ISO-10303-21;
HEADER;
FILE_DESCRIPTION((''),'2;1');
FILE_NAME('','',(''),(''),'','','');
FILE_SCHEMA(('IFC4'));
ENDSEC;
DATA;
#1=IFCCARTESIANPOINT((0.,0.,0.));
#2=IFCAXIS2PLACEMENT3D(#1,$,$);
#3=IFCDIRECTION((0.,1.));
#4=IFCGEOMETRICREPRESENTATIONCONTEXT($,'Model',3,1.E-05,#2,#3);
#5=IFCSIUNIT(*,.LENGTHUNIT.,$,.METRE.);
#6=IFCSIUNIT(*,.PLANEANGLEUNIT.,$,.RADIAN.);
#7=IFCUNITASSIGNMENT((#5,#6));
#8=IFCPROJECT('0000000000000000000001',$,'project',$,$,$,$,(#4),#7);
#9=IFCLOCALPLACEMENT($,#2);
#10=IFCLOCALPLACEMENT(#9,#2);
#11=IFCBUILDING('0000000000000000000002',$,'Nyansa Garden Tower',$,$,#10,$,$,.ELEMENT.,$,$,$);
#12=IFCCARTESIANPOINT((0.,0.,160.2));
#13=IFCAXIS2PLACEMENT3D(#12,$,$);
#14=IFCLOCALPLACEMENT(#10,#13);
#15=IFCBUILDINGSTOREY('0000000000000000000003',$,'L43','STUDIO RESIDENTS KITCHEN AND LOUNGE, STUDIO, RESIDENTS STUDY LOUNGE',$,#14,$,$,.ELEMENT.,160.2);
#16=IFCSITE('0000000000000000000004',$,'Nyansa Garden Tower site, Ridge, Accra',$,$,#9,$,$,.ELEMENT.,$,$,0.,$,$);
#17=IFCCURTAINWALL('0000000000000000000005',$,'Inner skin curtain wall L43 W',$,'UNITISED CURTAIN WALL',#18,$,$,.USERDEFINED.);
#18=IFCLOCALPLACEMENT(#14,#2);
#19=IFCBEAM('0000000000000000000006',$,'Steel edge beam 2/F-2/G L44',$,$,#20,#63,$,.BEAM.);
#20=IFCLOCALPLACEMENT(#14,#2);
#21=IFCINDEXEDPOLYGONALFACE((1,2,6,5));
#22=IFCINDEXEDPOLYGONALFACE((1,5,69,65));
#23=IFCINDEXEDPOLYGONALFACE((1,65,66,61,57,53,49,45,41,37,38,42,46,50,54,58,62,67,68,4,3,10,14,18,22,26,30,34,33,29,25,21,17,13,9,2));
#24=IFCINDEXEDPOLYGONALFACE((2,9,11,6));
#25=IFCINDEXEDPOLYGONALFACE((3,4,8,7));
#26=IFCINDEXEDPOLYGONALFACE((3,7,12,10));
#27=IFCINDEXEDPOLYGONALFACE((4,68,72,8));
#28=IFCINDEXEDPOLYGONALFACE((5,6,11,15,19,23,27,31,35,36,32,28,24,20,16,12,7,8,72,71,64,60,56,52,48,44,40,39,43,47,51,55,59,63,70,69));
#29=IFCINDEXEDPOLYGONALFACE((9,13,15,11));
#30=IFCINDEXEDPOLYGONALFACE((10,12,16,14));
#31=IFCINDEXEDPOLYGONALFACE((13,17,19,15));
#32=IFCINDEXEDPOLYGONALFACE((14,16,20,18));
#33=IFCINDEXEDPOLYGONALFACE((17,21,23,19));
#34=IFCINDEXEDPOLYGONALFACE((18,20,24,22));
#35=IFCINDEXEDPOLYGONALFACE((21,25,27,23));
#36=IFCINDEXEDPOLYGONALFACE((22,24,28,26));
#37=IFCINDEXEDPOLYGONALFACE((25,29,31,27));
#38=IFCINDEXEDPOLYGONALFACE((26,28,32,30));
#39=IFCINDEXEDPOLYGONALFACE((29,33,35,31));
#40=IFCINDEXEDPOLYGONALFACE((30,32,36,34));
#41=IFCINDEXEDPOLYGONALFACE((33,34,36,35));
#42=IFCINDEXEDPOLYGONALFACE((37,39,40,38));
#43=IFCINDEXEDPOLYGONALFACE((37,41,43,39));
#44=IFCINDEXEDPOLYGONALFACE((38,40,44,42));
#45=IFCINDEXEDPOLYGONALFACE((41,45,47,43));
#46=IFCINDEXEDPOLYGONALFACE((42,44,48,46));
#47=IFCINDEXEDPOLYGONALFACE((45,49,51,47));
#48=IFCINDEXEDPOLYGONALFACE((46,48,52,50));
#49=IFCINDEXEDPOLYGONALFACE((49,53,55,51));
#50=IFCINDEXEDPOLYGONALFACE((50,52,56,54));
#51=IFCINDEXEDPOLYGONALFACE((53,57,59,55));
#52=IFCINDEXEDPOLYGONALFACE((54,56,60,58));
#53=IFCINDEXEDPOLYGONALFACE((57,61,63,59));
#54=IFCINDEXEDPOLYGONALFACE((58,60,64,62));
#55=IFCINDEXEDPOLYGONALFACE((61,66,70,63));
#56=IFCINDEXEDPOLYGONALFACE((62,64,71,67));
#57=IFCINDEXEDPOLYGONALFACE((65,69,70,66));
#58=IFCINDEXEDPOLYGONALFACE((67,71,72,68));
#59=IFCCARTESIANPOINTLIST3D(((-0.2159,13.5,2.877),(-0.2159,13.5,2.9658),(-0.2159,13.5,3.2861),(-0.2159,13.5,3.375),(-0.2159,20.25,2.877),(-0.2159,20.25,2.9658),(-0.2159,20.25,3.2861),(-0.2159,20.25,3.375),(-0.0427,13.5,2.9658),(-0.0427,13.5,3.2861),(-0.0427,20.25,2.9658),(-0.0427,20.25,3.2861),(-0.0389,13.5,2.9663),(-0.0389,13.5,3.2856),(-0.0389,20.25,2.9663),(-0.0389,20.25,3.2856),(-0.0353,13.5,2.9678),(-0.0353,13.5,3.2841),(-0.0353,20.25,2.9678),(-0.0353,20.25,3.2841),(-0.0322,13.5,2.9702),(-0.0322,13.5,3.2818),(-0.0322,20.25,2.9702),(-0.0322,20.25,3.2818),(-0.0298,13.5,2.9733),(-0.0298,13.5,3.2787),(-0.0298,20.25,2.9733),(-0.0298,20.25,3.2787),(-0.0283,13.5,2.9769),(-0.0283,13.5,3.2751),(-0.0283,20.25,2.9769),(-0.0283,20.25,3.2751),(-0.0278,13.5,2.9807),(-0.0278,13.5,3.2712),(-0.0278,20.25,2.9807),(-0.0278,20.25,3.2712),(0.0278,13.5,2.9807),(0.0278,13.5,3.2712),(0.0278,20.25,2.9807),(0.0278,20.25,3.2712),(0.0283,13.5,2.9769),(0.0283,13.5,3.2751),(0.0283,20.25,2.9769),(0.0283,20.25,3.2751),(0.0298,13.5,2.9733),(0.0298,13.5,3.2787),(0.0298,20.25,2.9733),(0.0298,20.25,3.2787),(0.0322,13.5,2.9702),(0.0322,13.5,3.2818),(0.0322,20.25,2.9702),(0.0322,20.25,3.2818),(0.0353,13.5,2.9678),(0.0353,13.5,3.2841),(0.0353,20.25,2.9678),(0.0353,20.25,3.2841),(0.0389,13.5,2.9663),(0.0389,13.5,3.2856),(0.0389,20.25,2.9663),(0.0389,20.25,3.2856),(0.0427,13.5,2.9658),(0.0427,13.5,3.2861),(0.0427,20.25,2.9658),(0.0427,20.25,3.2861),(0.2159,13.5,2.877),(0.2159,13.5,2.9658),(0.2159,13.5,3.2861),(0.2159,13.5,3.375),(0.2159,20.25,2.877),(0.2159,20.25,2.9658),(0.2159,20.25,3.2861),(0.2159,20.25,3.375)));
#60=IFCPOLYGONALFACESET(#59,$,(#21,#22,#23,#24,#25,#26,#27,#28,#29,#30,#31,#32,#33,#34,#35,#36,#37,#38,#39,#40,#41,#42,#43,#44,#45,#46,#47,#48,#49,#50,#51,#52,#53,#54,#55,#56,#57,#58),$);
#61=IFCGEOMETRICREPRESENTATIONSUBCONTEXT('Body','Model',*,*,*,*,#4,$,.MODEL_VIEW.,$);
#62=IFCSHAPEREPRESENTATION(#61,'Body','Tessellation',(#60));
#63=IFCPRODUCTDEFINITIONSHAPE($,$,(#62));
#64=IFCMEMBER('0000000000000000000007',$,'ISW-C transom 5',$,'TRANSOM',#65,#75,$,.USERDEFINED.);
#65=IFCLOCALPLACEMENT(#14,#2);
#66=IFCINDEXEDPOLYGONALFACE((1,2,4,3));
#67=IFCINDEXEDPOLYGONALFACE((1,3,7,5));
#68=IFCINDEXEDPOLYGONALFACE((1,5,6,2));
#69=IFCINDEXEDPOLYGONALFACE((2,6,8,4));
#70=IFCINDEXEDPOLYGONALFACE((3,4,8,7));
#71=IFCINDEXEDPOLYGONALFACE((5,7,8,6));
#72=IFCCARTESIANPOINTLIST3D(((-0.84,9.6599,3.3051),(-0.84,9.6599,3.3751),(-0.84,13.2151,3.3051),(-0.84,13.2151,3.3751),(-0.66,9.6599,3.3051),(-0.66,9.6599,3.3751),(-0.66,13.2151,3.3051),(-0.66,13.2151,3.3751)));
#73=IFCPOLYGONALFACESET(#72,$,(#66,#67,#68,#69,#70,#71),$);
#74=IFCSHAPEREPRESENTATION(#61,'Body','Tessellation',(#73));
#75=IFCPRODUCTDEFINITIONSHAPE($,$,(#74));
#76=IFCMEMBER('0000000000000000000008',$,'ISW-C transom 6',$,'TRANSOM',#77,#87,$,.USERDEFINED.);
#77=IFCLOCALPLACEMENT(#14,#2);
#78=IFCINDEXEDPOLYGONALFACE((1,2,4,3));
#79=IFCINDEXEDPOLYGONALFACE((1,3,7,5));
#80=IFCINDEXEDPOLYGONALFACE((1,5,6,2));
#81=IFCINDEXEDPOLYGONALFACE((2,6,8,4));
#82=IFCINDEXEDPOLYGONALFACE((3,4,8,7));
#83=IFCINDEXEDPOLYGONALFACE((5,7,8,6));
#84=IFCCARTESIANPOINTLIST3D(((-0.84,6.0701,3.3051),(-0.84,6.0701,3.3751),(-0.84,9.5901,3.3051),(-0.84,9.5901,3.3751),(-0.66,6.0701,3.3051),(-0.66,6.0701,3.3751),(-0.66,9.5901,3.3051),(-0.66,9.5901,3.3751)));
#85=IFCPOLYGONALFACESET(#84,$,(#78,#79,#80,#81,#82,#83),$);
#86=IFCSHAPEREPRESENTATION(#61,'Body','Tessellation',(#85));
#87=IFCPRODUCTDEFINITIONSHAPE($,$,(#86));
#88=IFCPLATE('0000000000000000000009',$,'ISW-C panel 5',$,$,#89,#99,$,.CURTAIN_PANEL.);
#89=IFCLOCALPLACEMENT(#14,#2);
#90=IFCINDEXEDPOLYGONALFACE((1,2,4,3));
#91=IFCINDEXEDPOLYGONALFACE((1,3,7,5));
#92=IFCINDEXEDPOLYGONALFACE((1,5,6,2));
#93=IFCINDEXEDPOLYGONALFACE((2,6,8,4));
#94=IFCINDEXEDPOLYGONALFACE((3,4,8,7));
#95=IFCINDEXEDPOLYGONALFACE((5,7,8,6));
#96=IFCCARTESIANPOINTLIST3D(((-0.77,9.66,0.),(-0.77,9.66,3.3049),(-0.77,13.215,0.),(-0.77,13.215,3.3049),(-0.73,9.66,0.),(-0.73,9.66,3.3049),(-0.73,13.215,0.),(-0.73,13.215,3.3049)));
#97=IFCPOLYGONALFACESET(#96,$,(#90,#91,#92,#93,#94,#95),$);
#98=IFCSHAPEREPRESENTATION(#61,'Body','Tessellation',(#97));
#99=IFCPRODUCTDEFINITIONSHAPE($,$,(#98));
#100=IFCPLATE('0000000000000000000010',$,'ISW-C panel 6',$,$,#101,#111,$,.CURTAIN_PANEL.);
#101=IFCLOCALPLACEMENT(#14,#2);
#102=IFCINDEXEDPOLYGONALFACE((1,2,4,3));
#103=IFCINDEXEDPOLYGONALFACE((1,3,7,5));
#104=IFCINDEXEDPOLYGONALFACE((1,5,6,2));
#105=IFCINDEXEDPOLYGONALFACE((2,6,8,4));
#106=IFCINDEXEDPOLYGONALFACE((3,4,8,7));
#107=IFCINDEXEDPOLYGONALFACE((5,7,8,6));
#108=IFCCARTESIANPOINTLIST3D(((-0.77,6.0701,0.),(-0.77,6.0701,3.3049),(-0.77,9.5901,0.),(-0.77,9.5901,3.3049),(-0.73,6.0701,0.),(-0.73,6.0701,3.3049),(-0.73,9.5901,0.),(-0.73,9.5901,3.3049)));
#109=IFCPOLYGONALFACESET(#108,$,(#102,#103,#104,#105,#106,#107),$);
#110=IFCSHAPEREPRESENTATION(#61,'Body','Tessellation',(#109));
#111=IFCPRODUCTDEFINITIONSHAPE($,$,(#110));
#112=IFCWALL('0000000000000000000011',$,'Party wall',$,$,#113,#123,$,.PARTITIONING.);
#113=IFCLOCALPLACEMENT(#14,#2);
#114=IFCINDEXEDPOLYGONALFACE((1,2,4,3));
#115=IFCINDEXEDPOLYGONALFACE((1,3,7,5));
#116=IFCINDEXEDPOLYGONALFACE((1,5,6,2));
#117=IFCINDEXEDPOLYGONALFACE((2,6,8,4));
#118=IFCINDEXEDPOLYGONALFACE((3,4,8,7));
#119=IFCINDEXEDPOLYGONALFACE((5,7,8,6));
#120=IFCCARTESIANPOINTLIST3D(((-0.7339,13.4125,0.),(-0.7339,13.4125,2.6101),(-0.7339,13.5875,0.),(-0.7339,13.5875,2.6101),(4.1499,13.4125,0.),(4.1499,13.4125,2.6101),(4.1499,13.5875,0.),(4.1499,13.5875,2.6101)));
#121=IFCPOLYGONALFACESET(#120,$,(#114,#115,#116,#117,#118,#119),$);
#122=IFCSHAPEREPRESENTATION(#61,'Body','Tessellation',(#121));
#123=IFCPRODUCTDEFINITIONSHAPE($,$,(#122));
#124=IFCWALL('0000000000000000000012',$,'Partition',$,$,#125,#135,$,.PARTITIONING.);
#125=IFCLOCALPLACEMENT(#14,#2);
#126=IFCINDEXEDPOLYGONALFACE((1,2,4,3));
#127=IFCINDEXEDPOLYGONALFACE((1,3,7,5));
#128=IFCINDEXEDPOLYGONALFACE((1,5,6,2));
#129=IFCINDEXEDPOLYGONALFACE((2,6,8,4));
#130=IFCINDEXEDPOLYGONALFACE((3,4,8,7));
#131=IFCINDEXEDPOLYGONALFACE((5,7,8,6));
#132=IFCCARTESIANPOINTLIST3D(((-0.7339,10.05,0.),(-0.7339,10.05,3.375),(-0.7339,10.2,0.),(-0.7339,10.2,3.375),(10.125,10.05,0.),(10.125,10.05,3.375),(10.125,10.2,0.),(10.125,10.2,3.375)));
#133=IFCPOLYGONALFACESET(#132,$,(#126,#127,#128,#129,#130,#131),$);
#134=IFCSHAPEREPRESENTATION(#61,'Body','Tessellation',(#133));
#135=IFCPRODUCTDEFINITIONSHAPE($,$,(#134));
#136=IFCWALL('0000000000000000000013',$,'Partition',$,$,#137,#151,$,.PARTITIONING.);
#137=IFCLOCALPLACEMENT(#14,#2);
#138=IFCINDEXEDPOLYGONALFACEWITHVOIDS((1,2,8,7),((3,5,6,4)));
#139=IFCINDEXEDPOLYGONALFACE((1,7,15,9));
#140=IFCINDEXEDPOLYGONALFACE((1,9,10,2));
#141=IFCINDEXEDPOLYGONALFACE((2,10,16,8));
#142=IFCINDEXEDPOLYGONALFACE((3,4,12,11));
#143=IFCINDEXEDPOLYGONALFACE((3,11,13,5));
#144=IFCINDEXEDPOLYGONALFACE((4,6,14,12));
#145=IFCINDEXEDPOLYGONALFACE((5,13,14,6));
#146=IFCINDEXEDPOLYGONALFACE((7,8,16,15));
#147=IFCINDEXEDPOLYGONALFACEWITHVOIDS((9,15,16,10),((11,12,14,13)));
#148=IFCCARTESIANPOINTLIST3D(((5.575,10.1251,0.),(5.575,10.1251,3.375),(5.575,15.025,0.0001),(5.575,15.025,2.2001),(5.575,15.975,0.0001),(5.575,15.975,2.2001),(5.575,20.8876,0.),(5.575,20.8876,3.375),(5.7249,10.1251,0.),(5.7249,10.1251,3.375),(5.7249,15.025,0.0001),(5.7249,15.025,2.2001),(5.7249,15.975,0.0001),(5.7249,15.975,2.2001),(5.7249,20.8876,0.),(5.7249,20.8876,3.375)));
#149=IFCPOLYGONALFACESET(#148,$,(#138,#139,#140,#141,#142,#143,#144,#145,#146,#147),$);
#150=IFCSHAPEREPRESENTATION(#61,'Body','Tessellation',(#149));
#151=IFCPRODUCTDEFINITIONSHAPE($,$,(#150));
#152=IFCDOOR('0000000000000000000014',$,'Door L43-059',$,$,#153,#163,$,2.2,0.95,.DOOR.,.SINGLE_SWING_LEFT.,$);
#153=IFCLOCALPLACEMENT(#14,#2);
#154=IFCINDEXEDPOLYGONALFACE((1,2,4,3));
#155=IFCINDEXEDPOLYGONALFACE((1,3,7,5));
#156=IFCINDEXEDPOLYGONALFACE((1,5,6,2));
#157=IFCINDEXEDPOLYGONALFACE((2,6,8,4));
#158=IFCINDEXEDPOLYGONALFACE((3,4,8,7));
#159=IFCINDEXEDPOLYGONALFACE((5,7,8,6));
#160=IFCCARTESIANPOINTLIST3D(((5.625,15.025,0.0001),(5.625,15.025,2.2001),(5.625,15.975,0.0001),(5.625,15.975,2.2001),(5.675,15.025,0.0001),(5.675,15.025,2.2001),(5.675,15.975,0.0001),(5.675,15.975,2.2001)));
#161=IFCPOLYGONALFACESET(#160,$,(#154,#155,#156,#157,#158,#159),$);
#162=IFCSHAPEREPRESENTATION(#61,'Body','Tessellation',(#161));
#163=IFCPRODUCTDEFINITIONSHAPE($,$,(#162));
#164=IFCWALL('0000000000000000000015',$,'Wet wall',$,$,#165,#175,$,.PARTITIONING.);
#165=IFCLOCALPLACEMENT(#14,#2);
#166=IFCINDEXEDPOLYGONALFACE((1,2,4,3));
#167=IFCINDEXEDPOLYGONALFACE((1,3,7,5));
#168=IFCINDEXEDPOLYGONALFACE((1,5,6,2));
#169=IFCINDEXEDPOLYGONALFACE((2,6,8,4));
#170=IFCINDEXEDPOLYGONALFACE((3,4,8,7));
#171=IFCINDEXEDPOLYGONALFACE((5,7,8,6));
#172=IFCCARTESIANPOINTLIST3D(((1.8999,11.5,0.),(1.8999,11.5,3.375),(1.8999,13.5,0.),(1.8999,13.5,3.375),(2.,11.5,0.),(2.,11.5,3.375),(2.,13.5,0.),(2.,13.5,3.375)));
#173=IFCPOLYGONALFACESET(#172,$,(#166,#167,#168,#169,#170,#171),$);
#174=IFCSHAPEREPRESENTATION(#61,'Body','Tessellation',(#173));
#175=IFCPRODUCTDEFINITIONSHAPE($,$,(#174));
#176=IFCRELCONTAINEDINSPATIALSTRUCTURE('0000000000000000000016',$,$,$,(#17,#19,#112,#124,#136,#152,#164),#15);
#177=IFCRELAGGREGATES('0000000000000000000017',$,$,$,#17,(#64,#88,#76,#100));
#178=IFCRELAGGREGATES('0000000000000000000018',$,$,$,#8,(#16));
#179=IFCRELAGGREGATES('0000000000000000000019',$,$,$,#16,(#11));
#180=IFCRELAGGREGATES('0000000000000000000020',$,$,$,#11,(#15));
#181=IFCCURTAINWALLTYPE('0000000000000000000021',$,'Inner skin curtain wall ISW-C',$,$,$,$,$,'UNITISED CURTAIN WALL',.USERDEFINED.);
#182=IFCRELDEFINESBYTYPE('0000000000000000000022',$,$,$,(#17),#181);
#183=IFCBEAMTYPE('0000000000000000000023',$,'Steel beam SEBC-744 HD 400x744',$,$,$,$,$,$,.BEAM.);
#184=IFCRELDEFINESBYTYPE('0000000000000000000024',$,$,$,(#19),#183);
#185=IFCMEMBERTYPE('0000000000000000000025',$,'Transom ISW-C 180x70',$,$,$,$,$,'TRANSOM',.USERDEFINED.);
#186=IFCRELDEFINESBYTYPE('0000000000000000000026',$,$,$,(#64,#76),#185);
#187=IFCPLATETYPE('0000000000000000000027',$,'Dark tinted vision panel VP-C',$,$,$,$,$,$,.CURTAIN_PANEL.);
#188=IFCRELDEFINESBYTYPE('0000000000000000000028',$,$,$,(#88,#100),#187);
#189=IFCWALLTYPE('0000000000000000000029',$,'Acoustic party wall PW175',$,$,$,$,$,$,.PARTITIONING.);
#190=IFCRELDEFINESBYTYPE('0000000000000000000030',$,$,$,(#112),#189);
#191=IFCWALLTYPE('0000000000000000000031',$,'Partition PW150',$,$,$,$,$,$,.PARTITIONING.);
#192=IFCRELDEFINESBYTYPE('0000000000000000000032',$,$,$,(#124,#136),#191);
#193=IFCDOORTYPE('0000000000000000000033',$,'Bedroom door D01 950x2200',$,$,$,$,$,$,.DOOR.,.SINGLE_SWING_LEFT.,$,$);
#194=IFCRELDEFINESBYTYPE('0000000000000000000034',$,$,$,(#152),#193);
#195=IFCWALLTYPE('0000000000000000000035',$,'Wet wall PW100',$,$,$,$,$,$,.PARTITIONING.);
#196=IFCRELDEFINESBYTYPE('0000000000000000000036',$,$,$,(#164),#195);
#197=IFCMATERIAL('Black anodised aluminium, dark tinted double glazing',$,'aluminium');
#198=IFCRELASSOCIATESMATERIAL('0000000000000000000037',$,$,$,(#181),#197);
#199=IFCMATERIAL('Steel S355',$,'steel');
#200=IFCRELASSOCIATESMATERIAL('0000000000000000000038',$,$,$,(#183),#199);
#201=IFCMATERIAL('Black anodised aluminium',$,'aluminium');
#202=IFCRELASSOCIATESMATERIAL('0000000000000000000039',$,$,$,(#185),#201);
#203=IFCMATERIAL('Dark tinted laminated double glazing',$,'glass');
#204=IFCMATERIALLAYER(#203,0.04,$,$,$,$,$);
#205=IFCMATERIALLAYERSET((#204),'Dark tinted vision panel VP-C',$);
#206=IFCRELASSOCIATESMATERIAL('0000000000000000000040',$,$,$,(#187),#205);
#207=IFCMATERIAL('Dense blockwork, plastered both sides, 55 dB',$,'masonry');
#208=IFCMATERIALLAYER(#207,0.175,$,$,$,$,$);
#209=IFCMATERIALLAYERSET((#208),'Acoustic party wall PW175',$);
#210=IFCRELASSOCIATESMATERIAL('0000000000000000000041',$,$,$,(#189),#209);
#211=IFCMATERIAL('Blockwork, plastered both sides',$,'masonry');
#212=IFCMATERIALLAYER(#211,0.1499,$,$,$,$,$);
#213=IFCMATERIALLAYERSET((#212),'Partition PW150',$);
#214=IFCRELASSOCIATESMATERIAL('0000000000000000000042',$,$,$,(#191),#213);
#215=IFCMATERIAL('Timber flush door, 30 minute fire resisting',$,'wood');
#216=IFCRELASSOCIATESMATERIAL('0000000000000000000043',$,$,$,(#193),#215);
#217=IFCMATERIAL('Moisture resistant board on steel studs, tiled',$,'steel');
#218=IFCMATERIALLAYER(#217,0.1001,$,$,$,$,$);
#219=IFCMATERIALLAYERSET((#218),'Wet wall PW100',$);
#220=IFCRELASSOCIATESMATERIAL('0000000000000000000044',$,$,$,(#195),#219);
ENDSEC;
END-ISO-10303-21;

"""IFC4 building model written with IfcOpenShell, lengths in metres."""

from ifc_helpers import new_model, si_unit, direction, frame, frame_2d, origin, origin_2d, place, context, subcontext, project, spatial, rectangle, i_section, extrude, material, layer, layer_set, material_profile, profile_set, type_object, element, fill, aggregate, save


model = new_model("IFC4")

# Units and contexts
model_context = context("Model", 3, precision=1e-05, world=origin(), true_north=direction((0.0, 1.0)))
body_context = subcontext(model_context, "Body", "Model", "MODEL_VIEW")
ifc_project = project(units=[si_unit("LENGTHUNIT", "METRE"), si_unit("PLANEANGLEUNIT", "RADIAN")], contexts=[model_context])

# Site, building, storey
site_placement = place(None, origin())
site = spatial("IfcSite", under=ifc_project, at=site_placement, Name="Nyansa Garden Tower site, Ridge, Accra", CompositionType="ELEMENT", RefElevation=0.0)
building_placement = place(site_placement, origin())
building = spatial("IfcBuilding", under=site, at=building_placement, Name="Nyansa Garden Tower", CompositionType="ELEMENT")
storey_placement = place(building_placement, frame((0.0, 0.0, 160.2)))
storey = spatial("IfcBuildingStorey", under=building, at=storey_placement, Name="L43", Description="STUDIO RESIDENTS KITCHEN AND LOUNGE, STUDIO, RESIDENTS STUDY LOUNGE", CompositionType="ELEMENT", Elevation=160.2)

# Curtain wall
ifc_material_1 = material(Name="Black anodised aluminium, dark tinted double glazing", Category="aluminium")
curtain_wall_type = type_object("IfcCurtainWallType", Name="Inner skin curtain wall ISW-C", ElementType="UNITISED CURTAIN WALL", PredefinedType="USERDEFINED", material=ifc_material_1)
curtain_wall_placement = place(storey_placement, origin())
curtain_wall = element("IfcCurtainWall", 1, at=curtain_wall_placement, inside=storey, type_object=curtain_wall_type, Name="Inner skin curtain wall L43 W", ObjectType="UNITISED CURTAIN WALL", PredefinedType="USERDEFINED")

# Beam
ifc_material_2 = material(Name="Steel S355", Category="steel")
ifc_material_profile_1 = material_profile(ifc_material_2, i_section(OverallWidth=0.4319, OverallDepth=0.498, WebThickness=0.0557, FlangeThickness=0.0889, FilletRadius=0.0149, at=origin_2d()), Name="HD 400x744")
ifc_profile_set_1 = profile_set([ifc_material_profile_1], Name="Steel S355")
beam_type_1 = type_object("IfcBeamType", Name="Steel beam SEBC-744 HD 400x744", PredefinedType="BEAM", material=ifc_profile_set_1)
beam_1_placement = place(storey_placement, frame((0.0, 13.5, 3.126), z_axis=(0.0, 1.0, 0.0), x_axis=(-1.0, 0.0, 0.0)))
element("IfcBeam", 2, at=beam_1_placement, inside=storey, type_object=beam_type_1, Name="Steel edge beam 2/F-2/G L44", PredefinedType="BEAM", context=body_context, shape_type="SweptSolid", body=[
    extrude(i_section(OverallWidth=0.4319, OverallDepth=0.498, WebThickness=0.0557, FlangeThickness=0.0889, FilletRadius=0.0149, at=origin_2d()), origin(), (0.0, 0.0, 1.0), 6.75),
])

# Members
ifc_material_3 = material(Name="Black anodised aluminium", Category="aluminium")
ifc_material_profile_2 = material_profile(ifc_material_3, rectangle(XDim=0.1799, YDim=0.0701, at=origin_2d()), Name="Transom 180x70")
ifc_profile_set_2 = profile_set([ifc_material_profile_2], Name="Black anodised aluminium")
member_type_1 = type_object("IfcMemberType", Name="Transom ISW-C 180x70", ElementType="TRANSOM", PredefinedType="USERDEFINED", material=ifc_profile_set_2)
member_1_placement = place(storey_placement, frame((-0.75, 13.2151, 3.3401), z_axis=(0.0, -1.0, 0.0), x_axis=(1.0, 0.0, 0.0)))
member_1 = element("IfcMember", 3, at=member_1_placement, type_object=member_type_1, Name="ISW-C transom 5", ObjectType="TRANSOM", PredefinedType="USERDEFINED", context=body_context, shape_type="SweptSolid", body=[
    extrude(rectangle(XDim=0.1799, YDim=0.0701, at=origin_2d()), origin(), (0.0, 0.0, 1.0), 3.5552),
])
member_2_placement = place(storey_placement, frame((-0.75, 9.5901, 3.3401), z_axis=(0.0, -1.0, 0.0), x_axis=(1.0, 0.0, 0.0)))
member_2 = element("IfcMember", 4, at=member_2_placement, type_object=member_type_1, Name="ISW-C transom 6", ObjectType="TRANSOM", PredefinedType="USERDEFINED", context=body_context, shape_type="SweptSolid", body=[
    extrude(rectangle(XDim=0.1799, YDim=0.0701, at=origin_2d()), origin(), (0.0, 0.0, 1.0), 3.52),
])

# Plates
ifc_material_4 = material(Name="Dark tinted laminated double glazing", Category="glass")
ifc_layer_1 = layer(ifc_material_4, 0.04)
ifc_layer_set_1 = layer_set([ifc_layer_1], Name="Dark tinted vision panel VP-C")
plate_type = type_object("IfcPlateType", Name="Dark tinted vision panel VP-C", PredefinedType="CURTAIN_PANEL", material=ifc_layer_set_1)
plate_1_placement = place(storey_placement, frame((-0.75, 11.4375, 0.0), z_axis=(0.0, 0.0, 1.0), x_axis=(0.0, -1.0, 0.0)))
plate_1 = element("IfcPlate", 5, at=plate_1_placement, type_object=plate_type, Name="ISW-C panel 5", PredefinedType="CURTAIN_PANEL", context=body_context, shape_type="SweptSolid", body=[
    extrude(rectangle(XDim=3.5549, YDim=0.04, at=origin_2d()), origin(), (0.0, 0.0, 1.0), 3.3049),
])
plate_2_placement = place(storey_placement, frame((-0.75, 7.8301, 0.0), z_axis=(0.0, 0.0, 1.0), x_axis=(0.0, -1.0, 0.0)))
plate_2 = element("IfcPlate", 6, at=plate_2_placement, type_object=plate_type, Name="ISW-C panel 6", PredefinedType="CURTAIN_PANEL", context=body_context, shape_type="SweptSolid", body=[
    extrude(rectangle(XDim=3.52, YDim=0.04, at=origin_2d()), origin(), (0.0, 0.0, 1.0), 3.3049),
])
aggregate(curtain_wall, [member_1, plate_1, member_2, plate_2])

# Walls
ifc_material_5 = material(Name="Dense blockwork, plastered both sides, 55 dB", Category="masonry")
ifc_layer_2 = layer(ifc_material_5, 0.175)
ifc_layer_set_2 = layer_set([ifc_layer_2], Name="Acoustic party wall PW175")
wall_type_1 = type_object("IfcWallType", Name="Acoustic party wall PW175", PredefinedType="PARTITIONING", material=ifc_layer_set_2)
wall_1_placement = place(storey_placement, frame((-0.7339, 13.5, 0.0), z_axis=(0.0, 0.0, 1.0), x_axis=(1.0, 0.0, 0.0)))
element("IfcWall", 7, at=wall_1_placement, inside=storey, type_object=wall_type_1, Name="Party wall", PredefinedType="PARTITIONING", context=body_context, shape_type="SweptSolid", body=[
    extrude(rectangle(XDim=4.8838, YDim=0.175, at=frame_2d((2.4419, 0.0))), origin(), (0.0, 0.0, 1.0), 2.6101),
])
ifc_material_6 = material(Name="Blockwork, plastered both sides", Category="masonry")
ifc_layer_3 = layer(ifc_material_6, 0.1499)
ifc_layer_set_3 = layer_set([ifc_layer_3], Name="Partition PW150")
wall_type_2 = type_object("IfcWallType", Name="Partition PW150", PredefinedType="PARTITIONING", material=ifc_layer_set_3)
wall_2_placement = place(storey_placement, frame((-0.7339, 10.125, 0.0), z_axis=(0.0, 0.0, 1.0), x_axis=(1.0, 0.0, 0.0)))
element("IfcWall", 8, at=wall_2_placement, inside=storey, type_object=wall_type_2, Name="Partition", PredefinedType="PARTITIONING", context=body_context, shape_type="SweptSolid", body=[
    extrude(rectangle(XDim=10.8589, YDim=0.1499, at=frame_2d((5.4294, 0.0))), origin(), (0.0, 0.0, 1.0), 3.375),
])

# Wall, opening, door
wall_3_placement = place(storey_placement, frame((5.6499, 10.125, 0.0), z_axis=(0.0, 0.0, 1.0), x_axis=(0.0, 1.0, 0.0)))
wall_3 = element("IfcWall", 9, at=wall_3_placement, inside=storey, type_object=wall_type_2, Name="Partition", PredefinedType="PARTITIONING", context=body_context, shape_type="SweptSolid", body=[
    extrude(rectangle(XDim=10.7625, YDim=0.1499, at=frame_2d((5.3813, 0.0))), origin(), (0.0, 0.0, 1.0), 3.375),
])
opening_1_placement = place(wall_3_placement, frame((4.8999, 0.0, 0.0)))
opening_1 = element("IfcOpeningElement", 10, at=opening_1_placement, cuts=wall_3, PredefinedType="OPENING", context=body_context, shape_type="SweptSolid", body=[
    extrude(rectangle(XDim=0.95, YDim=2.2, at=frame_2d((0.4751, 1.1001))), frame((0.0, 0.085, 0.0), z_axis=(0.0, -1.0, 0.0), x_axis=(1.0, 0.0, 0.0)), (0.0, 0.0, 1.0), 0.1699),
])
ifc_material_7 = material(Name="Timber flush door, 30 minute fire resisting", Category="wood")
door_type_1 = type_object("IfcDoorType", Name="Bedroom door D01 950x2200", OperationType="SINGLE_SWING_LEFT", PredefinedType="DOOR", material=ifc_material_7)
door_1_placement = place(opening_1_placement, origin())
door_1 = element("IfcDoor", 11, at=door_1_placement, inside=storey, type_object=door_type_1, Name="Door L43-059", OperationType="SINGLE_SWING_LEFT", OverallHeight=2.2, OverallWidth=0.95, PredefinedType="DOOR", context=body_context, shape_type="SweptSolid", body=[
    extrude(rectangle(XDim=0.95, YDim=2.2, at=frame_2d((0.4751, 1.1001))), frame((0.0, 0.0249, 0.0), z_axis=(0.0, -1.0, 0.0), x_axis=(1.0, 0.0, 0.0)), (0.0, 0.0, 1.0), 0.05),
])
fill(opening_1, door_1)

# Wall
ifc_material_8 = material(Name="Moisture resistant board on steel studs, tiled", Category="steel")
ifc_layer_4 = layer(ifc_material_8, 0.1001)
ifc_layer_set_4 = layer_set([ifc_layer_4], Name="Wet wall PW100")
wall_type_3 = type_object("IfcWallType", Name="Wet wall PW100", PredefinedType="PARTITIONING", material=ifc_layer_set_4)
wall_4_placement = place(storey_placement, frame((1.95, 11.5, 0.0), z_axis=(0.0, 0.0, 1.0), x_axis=(0.0, 1.0, 0.0)))
element("IfcWall", 12, at=wall_4_placement, inside=storey, type_object=wall_type_3, Name="Wet wall", PredefinedType="PARTITIONING", context=body_context, shape_type="SweptSolid", body=[
    extrude(rectangle(XDim=2.0, YDim=0.1001, at=frame_2d((1.0, 0.0))), origin(), (0.0, 0.0, 1.0), 3.375),
])

save(model, "model.ifc")
